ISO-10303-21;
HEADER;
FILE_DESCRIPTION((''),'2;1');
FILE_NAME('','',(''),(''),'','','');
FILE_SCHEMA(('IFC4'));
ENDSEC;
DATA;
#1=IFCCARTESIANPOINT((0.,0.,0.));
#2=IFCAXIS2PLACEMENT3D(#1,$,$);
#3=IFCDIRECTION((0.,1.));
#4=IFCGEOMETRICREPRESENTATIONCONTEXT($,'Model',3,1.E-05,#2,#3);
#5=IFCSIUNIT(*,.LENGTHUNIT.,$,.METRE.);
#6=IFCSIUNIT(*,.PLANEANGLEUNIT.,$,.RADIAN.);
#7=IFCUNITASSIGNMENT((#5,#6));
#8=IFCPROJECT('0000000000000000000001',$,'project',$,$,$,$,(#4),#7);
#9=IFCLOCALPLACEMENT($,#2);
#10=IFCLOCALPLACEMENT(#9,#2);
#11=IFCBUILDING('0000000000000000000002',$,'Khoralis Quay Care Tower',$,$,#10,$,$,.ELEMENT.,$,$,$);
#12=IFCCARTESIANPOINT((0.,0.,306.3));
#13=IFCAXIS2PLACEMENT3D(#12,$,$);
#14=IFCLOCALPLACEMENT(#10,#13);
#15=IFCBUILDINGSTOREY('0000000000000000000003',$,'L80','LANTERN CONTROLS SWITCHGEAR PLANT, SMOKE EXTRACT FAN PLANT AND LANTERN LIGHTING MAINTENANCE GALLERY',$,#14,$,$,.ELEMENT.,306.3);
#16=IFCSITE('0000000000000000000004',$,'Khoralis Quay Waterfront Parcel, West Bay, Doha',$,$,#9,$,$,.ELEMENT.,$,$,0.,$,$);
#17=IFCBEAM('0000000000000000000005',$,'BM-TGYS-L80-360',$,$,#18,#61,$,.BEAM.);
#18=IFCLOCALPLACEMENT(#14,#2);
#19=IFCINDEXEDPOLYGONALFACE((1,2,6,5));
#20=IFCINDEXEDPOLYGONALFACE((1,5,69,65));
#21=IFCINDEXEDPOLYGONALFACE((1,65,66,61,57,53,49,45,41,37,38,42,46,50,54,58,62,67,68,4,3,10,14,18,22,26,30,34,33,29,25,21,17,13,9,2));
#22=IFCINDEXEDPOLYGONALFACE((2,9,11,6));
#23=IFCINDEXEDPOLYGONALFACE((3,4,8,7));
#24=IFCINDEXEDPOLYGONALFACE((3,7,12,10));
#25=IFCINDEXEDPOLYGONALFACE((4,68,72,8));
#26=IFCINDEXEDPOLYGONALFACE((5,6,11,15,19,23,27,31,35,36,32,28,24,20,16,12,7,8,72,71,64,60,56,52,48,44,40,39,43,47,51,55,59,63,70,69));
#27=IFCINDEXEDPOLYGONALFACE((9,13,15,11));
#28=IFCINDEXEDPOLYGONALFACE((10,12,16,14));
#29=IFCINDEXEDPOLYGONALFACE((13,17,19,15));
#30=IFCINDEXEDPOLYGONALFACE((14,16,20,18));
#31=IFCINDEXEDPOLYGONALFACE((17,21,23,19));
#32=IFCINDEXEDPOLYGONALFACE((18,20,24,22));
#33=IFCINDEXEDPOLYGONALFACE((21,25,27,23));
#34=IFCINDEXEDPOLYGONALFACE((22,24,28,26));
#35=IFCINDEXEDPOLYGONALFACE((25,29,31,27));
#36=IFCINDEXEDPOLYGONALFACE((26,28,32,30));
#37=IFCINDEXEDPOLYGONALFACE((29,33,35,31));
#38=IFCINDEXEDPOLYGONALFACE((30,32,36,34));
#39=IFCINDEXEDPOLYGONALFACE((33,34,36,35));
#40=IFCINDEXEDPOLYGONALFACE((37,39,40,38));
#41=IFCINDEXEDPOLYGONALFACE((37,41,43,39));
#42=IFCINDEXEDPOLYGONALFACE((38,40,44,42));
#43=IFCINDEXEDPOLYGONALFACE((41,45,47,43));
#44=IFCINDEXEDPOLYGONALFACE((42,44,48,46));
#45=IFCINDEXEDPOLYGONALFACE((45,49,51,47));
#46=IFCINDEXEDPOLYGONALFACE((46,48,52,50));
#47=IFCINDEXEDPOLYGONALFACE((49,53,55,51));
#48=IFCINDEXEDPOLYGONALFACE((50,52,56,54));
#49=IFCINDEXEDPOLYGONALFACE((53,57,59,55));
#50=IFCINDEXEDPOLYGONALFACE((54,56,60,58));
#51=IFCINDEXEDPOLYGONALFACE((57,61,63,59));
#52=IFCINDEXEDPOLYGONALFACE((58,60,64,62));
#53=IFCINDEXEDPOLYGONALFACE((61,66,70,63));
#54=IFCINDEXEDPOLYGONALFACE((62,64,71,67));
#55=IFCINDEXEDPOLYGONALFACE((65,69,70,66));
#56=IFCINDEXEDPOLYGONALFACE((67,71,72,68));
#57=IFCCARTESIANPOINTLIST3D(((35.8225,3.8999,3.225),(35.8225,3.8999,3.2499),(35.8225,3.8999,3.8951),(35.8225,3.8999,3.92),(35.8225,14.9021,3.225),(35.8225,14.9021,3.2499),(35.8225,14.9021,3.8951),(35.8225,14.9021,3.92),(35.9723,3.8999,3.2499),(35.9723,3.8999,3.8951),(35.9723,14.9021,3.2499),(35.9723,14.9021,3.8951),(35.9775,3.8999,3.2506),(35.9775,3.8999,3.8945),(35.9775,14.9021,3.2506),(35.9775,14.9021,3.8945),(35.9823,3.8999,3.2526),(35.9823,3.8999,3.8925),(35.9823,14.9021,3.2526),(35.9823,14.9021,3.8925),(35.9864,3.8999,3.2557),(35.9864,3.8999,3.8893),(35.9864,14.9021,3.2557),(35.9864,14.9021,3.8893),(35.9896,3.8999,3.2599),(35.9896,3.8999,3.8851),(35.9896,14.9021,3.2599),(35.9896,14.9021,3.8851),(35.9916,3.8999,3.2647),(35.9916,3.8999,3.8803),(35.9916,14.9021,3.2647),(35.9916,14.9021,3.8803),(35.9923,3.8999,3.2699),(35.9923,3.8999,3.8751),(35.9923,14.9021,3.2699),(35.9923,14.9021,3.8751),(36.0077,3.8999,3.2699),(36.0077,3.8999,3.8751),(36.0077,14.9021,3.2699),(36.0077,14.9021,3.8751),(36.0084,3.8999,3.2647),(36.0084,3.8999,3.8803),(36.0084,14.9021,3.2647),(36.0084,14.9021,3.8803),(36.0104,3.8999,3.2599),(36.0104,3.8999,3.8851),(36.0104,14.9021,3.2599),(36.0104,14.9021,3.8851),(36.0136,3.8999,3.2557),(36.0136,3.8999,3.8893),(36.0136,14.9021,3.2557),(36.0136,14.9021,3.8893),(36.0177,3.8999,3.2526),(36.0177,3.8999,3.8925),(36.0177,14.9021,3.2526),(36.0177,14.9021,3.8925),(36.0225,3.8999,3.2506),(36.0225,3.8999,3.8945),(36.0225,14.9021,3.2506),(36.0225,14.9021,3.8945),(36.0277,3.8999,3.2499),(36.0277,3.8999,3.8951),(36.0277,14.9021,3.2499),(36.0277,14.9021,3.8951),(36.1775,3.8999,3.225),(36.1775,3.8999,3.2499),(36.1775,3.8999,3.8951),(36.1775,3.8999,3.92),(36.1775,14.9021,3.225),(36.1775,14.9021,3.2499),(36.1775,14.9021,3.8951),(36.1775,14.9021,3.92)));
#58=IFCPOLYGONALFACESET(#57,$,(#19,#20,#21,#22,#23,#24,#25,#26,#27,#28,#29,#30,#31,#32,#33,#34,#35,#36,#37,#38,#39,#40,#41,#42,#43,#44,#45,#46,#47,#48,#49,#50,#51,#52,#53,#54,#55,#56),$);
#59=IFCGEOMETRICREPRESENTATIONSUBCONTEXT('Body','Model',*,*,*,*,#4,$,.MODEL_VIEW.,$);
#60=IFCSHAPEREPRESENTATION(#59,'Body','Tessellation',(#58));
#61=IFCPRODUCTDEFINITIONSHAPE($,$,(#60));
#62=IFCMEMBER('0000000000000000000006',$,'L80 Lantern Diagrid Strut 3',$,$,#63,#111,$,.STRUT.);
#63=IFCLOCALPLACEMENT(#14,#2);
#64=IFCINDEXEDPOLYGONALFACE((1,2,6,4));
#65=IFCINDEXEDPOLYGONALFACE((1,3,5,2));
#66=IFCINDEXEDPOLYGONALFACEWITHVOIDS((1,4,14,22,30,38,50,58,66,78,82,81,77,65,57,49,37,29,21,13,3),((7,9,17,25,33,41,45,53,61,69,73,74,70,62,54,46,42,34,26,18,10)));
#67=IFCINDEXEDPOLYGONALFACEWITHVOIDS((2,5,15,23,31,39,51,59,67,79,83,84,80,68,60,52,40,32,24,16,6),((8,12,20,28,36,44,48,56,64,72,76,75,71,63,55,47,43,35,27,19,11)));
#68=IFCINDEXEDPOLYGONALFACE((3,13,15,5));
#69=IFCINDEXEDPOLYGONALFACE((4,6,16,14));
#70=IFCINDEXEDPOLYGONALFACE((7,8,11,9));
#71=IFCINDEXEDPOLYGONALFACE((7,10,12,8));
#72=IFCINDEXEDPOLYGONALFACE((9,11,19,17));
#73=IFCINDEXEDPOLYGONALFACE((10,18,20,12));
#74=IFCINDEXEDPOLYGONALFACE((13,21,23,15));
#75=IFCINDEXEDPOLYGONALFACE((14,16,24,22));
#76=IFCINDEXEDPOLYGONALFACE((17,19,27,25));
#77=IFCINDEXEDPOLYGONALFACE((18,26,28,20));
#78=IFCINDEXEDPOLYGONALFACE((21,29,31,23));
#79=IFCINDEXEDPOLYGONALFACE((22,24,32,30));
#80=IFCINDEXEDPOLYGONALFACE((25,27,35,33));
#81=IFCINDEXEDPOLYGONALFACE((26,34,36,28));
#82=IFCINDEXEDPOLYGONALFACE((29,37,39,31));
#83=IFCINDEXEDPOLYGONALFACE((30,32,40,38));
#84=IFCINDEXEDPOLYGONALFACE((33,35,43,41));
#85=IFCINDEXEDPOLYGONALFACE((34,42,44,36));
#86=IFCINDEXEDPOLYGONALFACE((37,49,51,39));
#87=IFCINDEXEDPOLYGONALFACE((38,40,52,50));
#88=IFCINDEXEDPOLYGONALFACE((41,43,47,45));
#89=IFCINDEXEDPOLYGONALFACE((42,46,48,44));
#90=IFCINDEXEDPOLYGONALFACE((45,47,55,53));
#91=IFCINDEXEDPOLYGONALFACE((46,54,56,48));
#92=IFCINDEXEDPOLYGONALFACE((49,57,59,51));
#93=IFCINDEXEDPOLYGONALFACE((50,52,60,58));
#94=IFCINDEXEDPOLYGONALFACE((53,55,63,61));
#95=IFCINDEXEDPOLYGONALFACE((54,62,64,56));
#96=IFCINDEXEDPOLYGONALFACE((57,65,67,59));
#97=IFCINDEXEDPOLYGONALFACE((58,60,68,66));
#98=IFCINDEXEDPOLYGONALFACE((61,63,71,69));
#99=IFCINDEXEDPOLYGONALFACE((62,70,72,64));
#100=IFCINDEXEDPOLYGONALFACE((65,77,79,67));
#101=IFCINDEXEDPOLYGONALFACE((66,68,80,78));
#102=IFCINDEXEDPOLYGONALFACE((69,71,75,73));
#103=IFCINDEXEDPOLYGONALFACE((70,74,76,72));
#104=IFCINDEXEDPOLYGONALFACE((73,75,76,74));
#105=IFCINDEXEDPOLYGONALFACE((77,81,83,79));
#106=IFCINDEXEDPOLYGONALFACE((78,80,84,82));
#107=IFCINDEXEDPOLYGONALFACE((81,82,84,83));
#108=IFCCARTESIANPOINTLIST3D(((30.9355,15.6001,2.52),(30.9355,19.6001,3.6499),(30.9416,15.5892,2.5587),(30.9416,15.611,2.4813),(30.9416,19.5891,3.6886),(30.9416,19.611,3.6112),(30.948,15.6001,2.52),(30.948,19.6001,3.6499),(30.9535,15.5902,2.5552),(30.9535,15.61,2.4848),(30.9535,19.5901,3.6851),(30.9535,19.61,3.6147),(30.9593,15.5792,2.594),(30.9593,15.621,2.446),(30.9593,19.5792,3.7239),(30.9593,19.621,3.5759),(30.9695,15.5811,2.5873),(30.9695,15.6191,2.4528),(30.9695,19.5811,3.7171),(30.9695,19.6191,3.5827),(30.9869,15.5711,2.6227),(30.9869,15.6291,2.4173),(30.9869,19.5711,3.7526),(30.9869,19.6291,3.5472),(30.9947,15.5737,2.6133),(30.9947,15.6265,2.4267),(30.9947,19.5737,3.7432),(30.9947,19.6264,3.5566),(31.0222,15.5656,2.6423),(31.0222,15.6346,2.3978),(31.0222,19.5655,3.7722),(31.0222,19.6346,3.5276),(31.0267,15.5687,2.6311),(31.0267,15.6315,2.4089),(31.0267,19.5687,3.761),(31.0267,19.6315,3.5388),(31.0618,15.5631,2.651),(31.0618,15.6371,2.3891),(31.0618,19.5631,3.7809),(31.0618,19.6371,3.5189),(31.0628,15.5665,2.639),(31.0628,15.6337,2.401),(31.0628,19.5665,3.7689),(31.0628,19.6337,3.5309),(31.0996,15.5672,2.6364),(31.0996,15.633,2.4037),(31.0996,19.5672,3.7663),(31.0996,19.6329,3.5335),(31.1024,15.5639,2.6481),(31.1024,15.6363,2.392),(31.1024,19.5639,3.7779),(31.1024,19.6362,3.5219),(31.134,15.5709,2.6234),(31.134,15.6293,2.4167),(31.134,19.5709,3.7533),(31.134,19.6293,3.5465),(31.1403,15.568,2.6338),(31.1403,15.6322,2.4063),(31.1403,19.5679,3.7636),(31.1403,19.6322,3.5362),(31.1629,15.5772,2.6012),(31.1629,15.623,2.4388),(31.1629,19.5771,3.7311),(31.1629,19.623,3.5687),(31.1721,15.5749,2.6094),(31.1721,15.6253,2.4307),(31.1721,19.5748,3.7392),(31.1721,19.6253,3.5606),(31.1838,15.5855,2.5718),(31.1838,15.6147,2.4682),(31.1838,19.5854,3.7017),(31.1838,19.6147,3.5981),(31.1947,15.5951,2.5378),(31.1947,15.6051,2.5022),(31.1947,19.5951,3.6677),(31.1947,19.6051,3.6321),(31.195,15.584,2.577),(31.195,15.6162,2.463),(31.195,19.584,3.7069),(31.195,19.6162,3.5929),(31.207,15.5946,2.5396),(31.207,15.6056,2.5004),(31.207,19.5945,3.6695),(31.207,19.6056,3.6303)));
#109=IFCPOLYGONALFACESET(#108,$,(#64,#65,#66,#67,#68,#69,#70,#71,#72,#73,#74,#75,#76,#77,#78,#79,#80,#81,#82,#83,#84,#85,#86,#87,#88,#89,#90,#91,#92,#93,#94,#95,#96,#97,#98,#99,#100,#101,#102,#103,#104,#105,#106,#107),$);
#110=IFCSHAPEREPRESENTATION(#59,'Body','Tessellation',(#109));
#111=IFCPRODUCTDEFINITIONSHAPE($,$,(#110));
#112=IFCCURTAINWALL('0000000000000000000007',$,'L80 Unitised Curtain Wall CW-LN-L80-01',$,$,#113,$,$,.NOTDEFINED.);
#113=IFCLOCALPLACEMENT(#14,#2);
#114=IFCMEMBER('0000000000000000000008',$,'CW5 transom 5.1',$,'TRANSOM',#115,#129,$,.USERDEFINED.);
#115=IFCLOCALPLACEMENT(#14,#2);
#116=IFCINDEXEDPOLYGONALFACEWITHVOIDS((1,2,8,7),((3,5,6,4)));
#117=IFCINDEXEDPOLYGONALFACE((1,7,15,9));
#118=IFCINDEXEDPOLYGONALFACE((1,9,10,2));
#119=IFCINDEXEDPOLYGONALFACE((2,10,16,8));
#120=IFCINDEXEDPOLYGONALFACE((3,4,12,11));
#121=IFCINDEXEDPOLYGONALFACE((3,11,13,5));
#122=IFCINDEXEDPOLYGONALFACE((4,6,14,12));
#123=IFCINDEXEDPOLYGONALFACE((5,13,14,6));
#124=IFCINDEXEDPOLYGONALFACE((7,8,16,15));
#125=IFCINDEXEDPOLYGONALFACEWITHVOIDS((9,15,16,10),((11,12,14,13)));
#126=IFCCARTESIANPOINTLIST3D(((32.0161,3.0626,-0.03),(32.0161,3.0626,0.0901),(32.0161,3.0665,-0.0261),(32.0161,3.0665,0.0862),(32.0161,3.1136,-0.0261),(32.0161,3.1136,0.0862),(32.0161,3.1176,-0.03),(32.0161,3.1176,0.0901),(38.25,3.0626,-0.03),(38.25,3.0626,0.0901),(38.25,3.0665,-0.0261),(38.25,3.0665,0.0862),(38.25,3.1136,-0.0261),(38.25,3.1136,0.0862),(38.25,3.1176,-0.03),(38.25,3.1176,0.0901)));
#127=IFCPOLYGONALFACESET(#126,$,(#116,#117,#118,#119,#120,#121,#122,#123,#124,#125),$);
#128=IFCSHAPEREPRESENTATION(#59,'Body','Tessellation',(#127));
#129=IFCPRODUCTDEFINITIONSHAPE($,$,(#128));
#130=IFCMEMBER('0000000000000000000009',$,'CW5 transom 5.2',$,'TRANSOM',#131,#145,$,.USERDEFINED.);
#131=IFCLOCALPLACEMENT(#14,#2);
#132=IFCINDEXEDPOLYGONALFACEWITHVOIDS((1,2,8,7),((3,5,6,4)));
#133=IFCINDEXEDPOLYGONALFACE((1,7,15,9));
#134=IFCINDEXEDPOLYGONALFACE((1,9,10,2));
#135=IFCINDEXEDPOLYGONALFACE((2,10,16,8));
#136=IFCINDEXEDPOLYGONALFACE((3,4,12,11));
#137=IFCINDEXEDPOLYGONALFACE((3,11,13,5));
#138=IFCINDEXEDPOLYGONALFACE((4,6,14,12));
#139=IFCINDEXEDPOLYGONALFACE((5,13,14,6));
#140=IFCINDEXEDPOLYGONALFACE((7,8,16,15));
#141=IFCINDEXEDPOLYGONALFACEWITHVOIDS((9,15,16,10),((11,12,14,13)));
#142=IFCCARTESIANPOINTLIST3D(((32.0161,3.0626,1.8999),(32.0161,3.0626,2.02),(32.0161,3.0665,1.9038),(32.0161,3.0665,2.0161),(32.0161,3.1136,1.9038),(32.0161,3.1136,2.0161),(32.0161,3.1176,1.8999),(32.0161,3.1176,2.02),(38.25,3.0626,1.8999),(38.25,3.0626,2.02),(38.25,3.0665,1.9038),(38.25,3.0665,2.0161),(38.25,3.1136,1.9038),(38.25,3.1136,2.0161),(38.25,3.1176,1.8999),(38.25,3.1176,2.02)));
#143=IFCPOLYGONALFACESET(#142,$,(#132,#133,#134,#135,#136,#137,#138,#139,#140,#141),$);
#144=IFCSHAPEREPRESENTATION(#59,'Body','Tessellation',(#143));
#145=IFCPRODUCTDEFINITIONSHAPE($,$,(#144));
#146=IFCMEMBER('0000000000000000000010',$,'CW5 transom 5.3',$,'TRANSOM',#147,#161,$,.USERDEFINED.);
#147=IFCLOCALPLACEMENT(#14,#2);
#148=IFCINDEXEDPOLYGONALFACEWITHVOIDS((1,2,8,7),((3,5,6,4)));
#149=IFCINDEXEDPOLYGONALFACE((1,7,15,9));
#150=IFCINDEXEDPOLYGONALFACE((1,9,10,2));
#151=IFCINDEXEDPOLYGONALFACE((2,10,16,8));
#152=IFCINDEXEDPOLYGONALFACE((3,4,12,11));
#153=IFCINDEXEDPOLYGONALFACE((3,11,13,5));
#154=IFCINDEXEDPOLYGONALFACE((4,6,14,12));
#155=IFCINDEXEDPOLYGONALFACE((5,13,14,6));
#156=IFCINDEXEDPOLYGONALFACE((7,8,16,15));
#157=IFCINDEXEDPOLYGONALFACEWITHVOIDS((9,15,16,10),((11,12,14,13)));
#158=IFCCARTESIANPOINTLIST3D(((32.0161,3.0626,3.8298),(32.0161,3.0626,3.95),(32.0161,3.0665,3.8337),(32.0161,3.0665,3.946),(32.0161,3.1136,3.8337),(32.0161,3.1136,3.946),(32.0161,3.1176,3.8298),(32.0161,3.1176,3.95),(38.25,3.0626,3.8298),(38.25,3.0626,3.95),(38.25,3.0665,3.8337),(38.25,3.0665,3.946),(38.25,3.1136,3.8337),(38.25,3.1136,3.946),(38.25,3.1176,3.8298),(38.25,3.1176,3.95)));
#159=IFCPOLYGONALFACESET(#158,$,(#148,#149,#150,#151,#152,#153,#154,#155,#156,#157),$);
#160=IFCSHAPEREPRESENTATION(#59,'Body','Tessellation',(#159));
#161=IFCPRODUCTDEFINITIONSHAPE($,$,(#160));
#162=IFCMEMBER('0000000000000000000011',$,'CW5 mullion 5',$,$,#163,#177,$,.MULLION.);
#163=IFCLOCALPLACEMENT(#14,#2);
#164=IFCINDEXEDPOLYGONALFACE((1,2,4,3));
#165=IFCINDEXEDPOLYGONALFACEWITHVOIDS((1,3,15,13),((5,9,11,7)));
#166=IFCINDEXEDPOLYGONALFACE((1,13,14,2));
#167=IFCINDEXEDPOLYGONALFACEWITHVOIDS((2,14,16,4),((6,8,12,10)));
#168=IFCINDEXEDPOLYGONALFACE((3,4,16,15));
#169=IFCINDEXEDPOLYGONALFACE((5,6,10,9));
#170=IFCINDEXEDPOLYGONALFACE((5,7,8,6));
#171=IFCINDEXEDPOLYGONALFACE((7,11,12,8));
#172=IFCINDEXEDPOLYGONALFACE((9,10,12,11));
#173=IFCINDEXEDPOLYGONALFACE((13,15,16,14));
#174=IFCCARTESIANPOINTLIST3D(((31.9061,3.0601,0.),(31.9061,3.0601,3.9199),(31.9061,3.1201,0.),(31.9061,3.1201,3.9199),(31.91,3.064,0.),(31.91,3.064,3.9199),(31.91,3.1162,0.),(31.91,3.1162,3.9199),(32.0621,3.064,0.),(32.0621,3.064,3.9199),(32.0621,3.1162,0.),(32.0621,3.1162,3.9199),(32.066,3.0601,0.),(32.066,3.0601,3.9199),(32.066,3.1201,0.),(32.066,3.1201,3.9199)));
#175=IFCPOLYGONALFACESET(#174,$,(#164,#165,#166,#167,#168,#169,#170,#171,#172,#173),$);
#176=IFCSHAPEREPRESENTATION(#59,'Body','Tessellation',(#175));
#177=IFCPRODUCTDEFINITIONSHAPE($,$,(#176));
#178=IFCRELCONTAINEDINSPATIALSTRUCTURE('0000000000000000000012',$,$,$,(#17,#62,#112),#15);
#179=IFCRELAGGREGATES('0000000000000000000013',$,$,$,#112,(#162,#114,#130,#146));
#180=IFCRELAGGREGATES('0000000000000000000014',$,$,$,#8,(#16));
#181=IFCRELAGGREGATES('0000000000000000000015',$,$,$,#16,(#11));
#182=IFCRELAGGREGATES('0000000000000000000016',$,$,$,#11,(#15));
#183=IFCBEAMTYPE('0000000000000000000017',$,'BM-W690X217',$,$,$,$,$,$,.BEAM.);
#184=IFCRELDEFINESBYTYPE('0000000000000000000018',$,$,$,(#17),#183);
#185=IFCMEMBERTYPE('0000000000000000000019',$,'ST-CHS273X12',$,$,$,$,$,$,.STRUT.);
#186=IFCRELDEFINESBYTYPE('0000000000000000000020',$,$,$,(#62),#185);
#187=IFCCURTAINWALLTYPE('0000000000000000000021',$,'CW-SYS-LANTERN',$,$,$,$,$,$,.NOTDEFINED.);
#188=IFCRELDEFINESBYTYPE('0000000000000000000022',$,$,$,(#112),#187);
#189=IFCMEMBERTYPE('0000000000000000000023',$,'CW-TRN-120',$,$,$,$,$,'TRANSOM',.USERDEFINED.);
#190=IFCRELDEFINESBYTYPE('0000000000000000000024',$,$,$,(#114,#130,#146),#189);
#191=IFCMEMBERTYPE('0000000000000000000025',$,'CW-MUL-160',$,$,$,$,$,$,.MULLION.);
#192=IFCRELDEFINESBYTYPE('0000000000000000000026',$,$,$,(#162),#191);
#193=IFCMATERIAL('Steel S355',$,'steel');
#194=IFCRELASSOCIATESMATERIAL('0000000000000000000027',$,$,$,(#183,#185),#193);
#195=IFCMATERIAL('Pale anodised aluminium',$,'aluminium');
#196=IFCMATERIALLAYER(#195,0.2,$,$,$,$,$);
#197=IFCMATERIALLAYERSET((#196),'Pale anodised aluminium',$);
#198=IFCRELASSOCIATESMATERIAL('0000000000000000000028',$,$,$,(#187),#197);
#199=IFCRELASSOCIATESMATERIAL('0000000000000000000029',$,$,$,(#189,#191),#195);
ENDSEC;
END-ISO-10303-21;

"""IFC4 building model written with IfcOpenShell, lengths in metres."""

from ifc_helpers import new_model, si_unit, direction, frame, origin, origin_2d, place, context, subcontext, project, spatial, hollow_rectangle, hollow_circle, i_section, extrude, source, transform, mapped, material, layer, layer_set, material_profile, profile_set, type_object, element, aggregate, save


model = new_model("IFC4")

# Units and contexts
model_context = context("Model", 3, precision=1e-05, world=origin(), true_north=direction((0.0, 1.0)))
body_context = subcontext(model_context, "Body", "Model", "MODEL_VIEW")
ifc_project = project(units=[si_unit("LENGTHUNIT", "METRE"), si_unit("PLANEANGLEUNIT", "RADIAN")], contexts=[model_context])

# Site, building, storey
site_placement = place(None, origin())
site = spatial("IfcSite", under=ifc_project, at=site_placement, Name="Khoralis Quay Waterfront Parcel, West Bay, Doha", CompositionType="ELEMENT", RefElevation=0.0)
building_placement = place(site_placement, origin())
building = spatial("IfcBuilding", under=site, at=building_placement, Name="Khoralis Quay Care Tower", CompositionType="ELEMENT")
storey_placement = place(building_placement, frame((0.0, 0.0, 306.3)))
storey = spatial("IfcBuildingStorey", under=building, at=storey_placement, Name="L80", Description="LANTERN CONTROLS SWITCHGEAR PLANT, SMOKE EXTRACT FAN PLANT AND LANTERN LIGHTING MAINTENANCE GALLERY", CompositionType="ELEMENT", Elevation=306.3)

# Shared definitions
ifc_material_1 = material(Name="Steel S355", Category="steel")

# Beam
ifc_material_profile_1 = material_profile(ifc_material_1, i_section(OverallWidth=0.355, OverallDepth=0.6951, WebThickness=0.0154, FlangeThickness=0.0249, FilletRadius=0.02, at=origin_2d()), Name="Steel S355")
ifc_profile_set_1 = profile_set([ifc_material_profile_1], Name="Steel S355")
beam_type_1 = type_object("IfcBeamType", Name="BM-W690X217", PredefinedType="BEAM", material=ifc_profile_set_1)
shared_shape_1 = source(origin(), body_context, "Body", "SweptSolid", [
    extrude(i_section(OverallWidth=0.355, OverallDepth=0.6951, WebThickness=0.0154, FlangeThickness=0.0249, FilletRadius=0.02, at=origin_2d()), origin(), (0.0, 0.0, 1.0), 11.0022),
])
beam_1_placement = place(storey_placement, frame((36.0, 3.8999, 3.5725), z_axis=(0.0, 1.0, 0.0), x_axis=(-1.0, 0.0, 0.0)))
element("IfcBeam", 1, at=beam_1_placement, inside=storey, type_object=beam_type_1, Name="BM-TGYS-L80-360", PredefinedType="BEAM", context=body_context, shape_type="MappedRepresentation", body=[
    mapped(shared_shape_1, transform((0.0, 0.0, 0.0), scale=1.0)),
])

# Member
ifc_material_profile_2 = material_profile(ifc_material_1, hollow_circle(Radius=0.1365, WallThickness=0.0125, at=origin_2d()), Name="Steel S355")
ifc_profile_set_2 = profile_set([ifc_material_profile_2], Name="Steel S355")
member_type_1 = type_object("IfcMemberType", Name="ST-CHS273X12", PredefinedType="STRUT", material=ifc_profile_set_2)
shared_shape_2 = source(origin(), body_context, "Body", "SweptSolid", [
    extrude(hollow_circle(Radius=0.1365, WallThickness=0.0125, at=origin_2d()), origin(), (0.0, 0.0, 1.0), 4.1565),
])
member_1_placement = place(storey_placement, frame((31.072, 15.6001, 2.52), z_axis=(0.0, 0.962344, 0.271834), x_axis=(-1.0, 0.0, 0.0)))
element("IfcMember", 2, at=member_1_placement, inside=storey, type_object=member_type_1, Name="L80 Lantern Diagrid Strut 3", PredefinedType="STRUT", context=body_context, shape_type="MappedRepresentation", body=[
    mapped(shared_shape_2, transform((0.0, 0.0, 0.0), scale=1.0)),
])

# Curtain wall, members
ifc_material_2 = material(Name="Pale anodised aluminium", Category="aluminium")
ifc_layer_1 = layer(ifc_material_2, 0.2)
ifc_layer_set_1 = layer_set([ifc_layer_1], Name="Pale anodised aluminium")
curtain_wall_type = type_object("IfcCurtainWallType", Name="CW-SYS-LANTERN", PredefinedType="NOTDEFINED", material=ifc_layer_set_1)
curtain_wall_placement = place(storey_placement, origin())
curtain_wall = element("IfcCurtainWall", 3, at=curtain_wall_placement, inside=storey, type_object=curtain_wall_type, Name="L80 Unitised Curtain Wall CW-LN-L80-01", PredefinedType="NOTDEFINED")
ifc_material_profile_3 = material_profile(ifc_material_2, hollow_rectangle(XDim=0.0549, YDim=0.1201, WallThickness=0.0039, at=origin_2d()), Name="Pale anodised aluminium")
ifc_profile_set_3 = profile_set([ifc_material_profile_3], Name="Pale anodised aluminium")
member_type_2 = type_object("IfcMemberType", Name="CW-TRN-120", ElementType="TRANSOM", PredefinedType="USERDEFINED", material=ifc_profile_set_3)
shared_shape_3 = source(origin(), body_context, "Body", "SweptSolid", [
    extrude(hollow_rectangle(XDim=0.0549, YDim=0.1201, WallThickness=0.0039, at=origin_2d()), origin(), (0.0, 0.0, 1.0), 6.2339),
])
member_2_placement = place(storey_placement, frame((32.0161, 3.0901, 0.03), z_axis=(1.0, 0.0, 0.0), x_axis=(0.0, 1.0, 0.0)))
member_2 = element("IfcMember", 4, at=member_2_placement, type_object=member_type_2, Name="CW5 transom 5.1", ObjectType="TRANSOM", PredefinedType="USERDEFINED", context=body_context, shape_type="MappedRepresentation", body=[
    mapped(shared_shape_3, transform((0.0, 0.0, 0.0), scale=1.0)),
])
member_3_placement = place(storey_placement, frame((32.0161, 3.0901, 1.96), z_axis=(1.0, 0.0, 0.0), x_axis=(0.0, 1.0, 0.0)))
member_3 = element("IfcMember", 5, at=member_3_placement, type_object=member_type_2, Name="CW5 transom 5.2", ObjectType="TRANSOM", PredefinedType="USERDEFINED", context=body_context, shape_type="MappedRepresentation", body=[
    mapped(shared_shape_3, transform((0.0, 0.0, 0.0), scale=1.0)),
])
member_4_placement = place(storey_placement, frame((32.0161, 3.0901, 3.8899), z_axis=(1.0, 0.0, 0.0), x_axis=(0.0, 1.0, 0.0)))
member_4 = element("IfcMember", 6, at=member_4_placement, type_object=member_type_2, Name="CW5 transom 5.3", ObjectType="TRANSOM", PredefinedType="USERDEFINED", context=body_context, shape_type="MappedRepresentation", body=[
    mapped(shared_shape_3, transform((0.0, 0.0, 0.0), scale=1.0)),
])
ifc_material_profile_4 = material_profile(ifc_material_2, hollow_rectangle(XDim=0.0601, YDim=0.1599, WallThickness=0.0039, at=origin_2d()), Name="Pale anodised aluminium")
ifc_profile_set_4 = profile_set([ifc_material_profile_4], Name="Pale anodised aluminium")
member_type_3 = type_object("IfcMemberType", Name="CW-MUL-160", PredefinedType="MULLION", material=ifc_profile_set_4)
shared_shape_4 = source(origin(), body_context, "Body", "SweptSolid", [
    extrude(hollow_rectangle(XDim=0.0601, YDim=0.1599, WallThickness=0.0039, at=origin_2d()), origin(), (0.0, 0.0, 1.0), 3.9199),
])
member_5_placement = place(storey_placement, frame((31.9861, 3.0901, 0.0), z_axis=(0.0, 0.0, 1.0), x_axis=(0.0, 1.0, 0.0)))
member_5 = element("IfcMember", 7, at=member_5_placement, type_object=member_type_3, Name="CW5 mullion 5", PredefinedType="MULLION", context=body_context, shape_type="MappedRepresentation", body=[
    mapped(shared_shape_4, transform((0.0, 0.0, 0.0), scale=1.0)),
])

aggregate(curtain_wall, [member_5, member_2, member_3, member_4])

save(model, "model.ifc")
